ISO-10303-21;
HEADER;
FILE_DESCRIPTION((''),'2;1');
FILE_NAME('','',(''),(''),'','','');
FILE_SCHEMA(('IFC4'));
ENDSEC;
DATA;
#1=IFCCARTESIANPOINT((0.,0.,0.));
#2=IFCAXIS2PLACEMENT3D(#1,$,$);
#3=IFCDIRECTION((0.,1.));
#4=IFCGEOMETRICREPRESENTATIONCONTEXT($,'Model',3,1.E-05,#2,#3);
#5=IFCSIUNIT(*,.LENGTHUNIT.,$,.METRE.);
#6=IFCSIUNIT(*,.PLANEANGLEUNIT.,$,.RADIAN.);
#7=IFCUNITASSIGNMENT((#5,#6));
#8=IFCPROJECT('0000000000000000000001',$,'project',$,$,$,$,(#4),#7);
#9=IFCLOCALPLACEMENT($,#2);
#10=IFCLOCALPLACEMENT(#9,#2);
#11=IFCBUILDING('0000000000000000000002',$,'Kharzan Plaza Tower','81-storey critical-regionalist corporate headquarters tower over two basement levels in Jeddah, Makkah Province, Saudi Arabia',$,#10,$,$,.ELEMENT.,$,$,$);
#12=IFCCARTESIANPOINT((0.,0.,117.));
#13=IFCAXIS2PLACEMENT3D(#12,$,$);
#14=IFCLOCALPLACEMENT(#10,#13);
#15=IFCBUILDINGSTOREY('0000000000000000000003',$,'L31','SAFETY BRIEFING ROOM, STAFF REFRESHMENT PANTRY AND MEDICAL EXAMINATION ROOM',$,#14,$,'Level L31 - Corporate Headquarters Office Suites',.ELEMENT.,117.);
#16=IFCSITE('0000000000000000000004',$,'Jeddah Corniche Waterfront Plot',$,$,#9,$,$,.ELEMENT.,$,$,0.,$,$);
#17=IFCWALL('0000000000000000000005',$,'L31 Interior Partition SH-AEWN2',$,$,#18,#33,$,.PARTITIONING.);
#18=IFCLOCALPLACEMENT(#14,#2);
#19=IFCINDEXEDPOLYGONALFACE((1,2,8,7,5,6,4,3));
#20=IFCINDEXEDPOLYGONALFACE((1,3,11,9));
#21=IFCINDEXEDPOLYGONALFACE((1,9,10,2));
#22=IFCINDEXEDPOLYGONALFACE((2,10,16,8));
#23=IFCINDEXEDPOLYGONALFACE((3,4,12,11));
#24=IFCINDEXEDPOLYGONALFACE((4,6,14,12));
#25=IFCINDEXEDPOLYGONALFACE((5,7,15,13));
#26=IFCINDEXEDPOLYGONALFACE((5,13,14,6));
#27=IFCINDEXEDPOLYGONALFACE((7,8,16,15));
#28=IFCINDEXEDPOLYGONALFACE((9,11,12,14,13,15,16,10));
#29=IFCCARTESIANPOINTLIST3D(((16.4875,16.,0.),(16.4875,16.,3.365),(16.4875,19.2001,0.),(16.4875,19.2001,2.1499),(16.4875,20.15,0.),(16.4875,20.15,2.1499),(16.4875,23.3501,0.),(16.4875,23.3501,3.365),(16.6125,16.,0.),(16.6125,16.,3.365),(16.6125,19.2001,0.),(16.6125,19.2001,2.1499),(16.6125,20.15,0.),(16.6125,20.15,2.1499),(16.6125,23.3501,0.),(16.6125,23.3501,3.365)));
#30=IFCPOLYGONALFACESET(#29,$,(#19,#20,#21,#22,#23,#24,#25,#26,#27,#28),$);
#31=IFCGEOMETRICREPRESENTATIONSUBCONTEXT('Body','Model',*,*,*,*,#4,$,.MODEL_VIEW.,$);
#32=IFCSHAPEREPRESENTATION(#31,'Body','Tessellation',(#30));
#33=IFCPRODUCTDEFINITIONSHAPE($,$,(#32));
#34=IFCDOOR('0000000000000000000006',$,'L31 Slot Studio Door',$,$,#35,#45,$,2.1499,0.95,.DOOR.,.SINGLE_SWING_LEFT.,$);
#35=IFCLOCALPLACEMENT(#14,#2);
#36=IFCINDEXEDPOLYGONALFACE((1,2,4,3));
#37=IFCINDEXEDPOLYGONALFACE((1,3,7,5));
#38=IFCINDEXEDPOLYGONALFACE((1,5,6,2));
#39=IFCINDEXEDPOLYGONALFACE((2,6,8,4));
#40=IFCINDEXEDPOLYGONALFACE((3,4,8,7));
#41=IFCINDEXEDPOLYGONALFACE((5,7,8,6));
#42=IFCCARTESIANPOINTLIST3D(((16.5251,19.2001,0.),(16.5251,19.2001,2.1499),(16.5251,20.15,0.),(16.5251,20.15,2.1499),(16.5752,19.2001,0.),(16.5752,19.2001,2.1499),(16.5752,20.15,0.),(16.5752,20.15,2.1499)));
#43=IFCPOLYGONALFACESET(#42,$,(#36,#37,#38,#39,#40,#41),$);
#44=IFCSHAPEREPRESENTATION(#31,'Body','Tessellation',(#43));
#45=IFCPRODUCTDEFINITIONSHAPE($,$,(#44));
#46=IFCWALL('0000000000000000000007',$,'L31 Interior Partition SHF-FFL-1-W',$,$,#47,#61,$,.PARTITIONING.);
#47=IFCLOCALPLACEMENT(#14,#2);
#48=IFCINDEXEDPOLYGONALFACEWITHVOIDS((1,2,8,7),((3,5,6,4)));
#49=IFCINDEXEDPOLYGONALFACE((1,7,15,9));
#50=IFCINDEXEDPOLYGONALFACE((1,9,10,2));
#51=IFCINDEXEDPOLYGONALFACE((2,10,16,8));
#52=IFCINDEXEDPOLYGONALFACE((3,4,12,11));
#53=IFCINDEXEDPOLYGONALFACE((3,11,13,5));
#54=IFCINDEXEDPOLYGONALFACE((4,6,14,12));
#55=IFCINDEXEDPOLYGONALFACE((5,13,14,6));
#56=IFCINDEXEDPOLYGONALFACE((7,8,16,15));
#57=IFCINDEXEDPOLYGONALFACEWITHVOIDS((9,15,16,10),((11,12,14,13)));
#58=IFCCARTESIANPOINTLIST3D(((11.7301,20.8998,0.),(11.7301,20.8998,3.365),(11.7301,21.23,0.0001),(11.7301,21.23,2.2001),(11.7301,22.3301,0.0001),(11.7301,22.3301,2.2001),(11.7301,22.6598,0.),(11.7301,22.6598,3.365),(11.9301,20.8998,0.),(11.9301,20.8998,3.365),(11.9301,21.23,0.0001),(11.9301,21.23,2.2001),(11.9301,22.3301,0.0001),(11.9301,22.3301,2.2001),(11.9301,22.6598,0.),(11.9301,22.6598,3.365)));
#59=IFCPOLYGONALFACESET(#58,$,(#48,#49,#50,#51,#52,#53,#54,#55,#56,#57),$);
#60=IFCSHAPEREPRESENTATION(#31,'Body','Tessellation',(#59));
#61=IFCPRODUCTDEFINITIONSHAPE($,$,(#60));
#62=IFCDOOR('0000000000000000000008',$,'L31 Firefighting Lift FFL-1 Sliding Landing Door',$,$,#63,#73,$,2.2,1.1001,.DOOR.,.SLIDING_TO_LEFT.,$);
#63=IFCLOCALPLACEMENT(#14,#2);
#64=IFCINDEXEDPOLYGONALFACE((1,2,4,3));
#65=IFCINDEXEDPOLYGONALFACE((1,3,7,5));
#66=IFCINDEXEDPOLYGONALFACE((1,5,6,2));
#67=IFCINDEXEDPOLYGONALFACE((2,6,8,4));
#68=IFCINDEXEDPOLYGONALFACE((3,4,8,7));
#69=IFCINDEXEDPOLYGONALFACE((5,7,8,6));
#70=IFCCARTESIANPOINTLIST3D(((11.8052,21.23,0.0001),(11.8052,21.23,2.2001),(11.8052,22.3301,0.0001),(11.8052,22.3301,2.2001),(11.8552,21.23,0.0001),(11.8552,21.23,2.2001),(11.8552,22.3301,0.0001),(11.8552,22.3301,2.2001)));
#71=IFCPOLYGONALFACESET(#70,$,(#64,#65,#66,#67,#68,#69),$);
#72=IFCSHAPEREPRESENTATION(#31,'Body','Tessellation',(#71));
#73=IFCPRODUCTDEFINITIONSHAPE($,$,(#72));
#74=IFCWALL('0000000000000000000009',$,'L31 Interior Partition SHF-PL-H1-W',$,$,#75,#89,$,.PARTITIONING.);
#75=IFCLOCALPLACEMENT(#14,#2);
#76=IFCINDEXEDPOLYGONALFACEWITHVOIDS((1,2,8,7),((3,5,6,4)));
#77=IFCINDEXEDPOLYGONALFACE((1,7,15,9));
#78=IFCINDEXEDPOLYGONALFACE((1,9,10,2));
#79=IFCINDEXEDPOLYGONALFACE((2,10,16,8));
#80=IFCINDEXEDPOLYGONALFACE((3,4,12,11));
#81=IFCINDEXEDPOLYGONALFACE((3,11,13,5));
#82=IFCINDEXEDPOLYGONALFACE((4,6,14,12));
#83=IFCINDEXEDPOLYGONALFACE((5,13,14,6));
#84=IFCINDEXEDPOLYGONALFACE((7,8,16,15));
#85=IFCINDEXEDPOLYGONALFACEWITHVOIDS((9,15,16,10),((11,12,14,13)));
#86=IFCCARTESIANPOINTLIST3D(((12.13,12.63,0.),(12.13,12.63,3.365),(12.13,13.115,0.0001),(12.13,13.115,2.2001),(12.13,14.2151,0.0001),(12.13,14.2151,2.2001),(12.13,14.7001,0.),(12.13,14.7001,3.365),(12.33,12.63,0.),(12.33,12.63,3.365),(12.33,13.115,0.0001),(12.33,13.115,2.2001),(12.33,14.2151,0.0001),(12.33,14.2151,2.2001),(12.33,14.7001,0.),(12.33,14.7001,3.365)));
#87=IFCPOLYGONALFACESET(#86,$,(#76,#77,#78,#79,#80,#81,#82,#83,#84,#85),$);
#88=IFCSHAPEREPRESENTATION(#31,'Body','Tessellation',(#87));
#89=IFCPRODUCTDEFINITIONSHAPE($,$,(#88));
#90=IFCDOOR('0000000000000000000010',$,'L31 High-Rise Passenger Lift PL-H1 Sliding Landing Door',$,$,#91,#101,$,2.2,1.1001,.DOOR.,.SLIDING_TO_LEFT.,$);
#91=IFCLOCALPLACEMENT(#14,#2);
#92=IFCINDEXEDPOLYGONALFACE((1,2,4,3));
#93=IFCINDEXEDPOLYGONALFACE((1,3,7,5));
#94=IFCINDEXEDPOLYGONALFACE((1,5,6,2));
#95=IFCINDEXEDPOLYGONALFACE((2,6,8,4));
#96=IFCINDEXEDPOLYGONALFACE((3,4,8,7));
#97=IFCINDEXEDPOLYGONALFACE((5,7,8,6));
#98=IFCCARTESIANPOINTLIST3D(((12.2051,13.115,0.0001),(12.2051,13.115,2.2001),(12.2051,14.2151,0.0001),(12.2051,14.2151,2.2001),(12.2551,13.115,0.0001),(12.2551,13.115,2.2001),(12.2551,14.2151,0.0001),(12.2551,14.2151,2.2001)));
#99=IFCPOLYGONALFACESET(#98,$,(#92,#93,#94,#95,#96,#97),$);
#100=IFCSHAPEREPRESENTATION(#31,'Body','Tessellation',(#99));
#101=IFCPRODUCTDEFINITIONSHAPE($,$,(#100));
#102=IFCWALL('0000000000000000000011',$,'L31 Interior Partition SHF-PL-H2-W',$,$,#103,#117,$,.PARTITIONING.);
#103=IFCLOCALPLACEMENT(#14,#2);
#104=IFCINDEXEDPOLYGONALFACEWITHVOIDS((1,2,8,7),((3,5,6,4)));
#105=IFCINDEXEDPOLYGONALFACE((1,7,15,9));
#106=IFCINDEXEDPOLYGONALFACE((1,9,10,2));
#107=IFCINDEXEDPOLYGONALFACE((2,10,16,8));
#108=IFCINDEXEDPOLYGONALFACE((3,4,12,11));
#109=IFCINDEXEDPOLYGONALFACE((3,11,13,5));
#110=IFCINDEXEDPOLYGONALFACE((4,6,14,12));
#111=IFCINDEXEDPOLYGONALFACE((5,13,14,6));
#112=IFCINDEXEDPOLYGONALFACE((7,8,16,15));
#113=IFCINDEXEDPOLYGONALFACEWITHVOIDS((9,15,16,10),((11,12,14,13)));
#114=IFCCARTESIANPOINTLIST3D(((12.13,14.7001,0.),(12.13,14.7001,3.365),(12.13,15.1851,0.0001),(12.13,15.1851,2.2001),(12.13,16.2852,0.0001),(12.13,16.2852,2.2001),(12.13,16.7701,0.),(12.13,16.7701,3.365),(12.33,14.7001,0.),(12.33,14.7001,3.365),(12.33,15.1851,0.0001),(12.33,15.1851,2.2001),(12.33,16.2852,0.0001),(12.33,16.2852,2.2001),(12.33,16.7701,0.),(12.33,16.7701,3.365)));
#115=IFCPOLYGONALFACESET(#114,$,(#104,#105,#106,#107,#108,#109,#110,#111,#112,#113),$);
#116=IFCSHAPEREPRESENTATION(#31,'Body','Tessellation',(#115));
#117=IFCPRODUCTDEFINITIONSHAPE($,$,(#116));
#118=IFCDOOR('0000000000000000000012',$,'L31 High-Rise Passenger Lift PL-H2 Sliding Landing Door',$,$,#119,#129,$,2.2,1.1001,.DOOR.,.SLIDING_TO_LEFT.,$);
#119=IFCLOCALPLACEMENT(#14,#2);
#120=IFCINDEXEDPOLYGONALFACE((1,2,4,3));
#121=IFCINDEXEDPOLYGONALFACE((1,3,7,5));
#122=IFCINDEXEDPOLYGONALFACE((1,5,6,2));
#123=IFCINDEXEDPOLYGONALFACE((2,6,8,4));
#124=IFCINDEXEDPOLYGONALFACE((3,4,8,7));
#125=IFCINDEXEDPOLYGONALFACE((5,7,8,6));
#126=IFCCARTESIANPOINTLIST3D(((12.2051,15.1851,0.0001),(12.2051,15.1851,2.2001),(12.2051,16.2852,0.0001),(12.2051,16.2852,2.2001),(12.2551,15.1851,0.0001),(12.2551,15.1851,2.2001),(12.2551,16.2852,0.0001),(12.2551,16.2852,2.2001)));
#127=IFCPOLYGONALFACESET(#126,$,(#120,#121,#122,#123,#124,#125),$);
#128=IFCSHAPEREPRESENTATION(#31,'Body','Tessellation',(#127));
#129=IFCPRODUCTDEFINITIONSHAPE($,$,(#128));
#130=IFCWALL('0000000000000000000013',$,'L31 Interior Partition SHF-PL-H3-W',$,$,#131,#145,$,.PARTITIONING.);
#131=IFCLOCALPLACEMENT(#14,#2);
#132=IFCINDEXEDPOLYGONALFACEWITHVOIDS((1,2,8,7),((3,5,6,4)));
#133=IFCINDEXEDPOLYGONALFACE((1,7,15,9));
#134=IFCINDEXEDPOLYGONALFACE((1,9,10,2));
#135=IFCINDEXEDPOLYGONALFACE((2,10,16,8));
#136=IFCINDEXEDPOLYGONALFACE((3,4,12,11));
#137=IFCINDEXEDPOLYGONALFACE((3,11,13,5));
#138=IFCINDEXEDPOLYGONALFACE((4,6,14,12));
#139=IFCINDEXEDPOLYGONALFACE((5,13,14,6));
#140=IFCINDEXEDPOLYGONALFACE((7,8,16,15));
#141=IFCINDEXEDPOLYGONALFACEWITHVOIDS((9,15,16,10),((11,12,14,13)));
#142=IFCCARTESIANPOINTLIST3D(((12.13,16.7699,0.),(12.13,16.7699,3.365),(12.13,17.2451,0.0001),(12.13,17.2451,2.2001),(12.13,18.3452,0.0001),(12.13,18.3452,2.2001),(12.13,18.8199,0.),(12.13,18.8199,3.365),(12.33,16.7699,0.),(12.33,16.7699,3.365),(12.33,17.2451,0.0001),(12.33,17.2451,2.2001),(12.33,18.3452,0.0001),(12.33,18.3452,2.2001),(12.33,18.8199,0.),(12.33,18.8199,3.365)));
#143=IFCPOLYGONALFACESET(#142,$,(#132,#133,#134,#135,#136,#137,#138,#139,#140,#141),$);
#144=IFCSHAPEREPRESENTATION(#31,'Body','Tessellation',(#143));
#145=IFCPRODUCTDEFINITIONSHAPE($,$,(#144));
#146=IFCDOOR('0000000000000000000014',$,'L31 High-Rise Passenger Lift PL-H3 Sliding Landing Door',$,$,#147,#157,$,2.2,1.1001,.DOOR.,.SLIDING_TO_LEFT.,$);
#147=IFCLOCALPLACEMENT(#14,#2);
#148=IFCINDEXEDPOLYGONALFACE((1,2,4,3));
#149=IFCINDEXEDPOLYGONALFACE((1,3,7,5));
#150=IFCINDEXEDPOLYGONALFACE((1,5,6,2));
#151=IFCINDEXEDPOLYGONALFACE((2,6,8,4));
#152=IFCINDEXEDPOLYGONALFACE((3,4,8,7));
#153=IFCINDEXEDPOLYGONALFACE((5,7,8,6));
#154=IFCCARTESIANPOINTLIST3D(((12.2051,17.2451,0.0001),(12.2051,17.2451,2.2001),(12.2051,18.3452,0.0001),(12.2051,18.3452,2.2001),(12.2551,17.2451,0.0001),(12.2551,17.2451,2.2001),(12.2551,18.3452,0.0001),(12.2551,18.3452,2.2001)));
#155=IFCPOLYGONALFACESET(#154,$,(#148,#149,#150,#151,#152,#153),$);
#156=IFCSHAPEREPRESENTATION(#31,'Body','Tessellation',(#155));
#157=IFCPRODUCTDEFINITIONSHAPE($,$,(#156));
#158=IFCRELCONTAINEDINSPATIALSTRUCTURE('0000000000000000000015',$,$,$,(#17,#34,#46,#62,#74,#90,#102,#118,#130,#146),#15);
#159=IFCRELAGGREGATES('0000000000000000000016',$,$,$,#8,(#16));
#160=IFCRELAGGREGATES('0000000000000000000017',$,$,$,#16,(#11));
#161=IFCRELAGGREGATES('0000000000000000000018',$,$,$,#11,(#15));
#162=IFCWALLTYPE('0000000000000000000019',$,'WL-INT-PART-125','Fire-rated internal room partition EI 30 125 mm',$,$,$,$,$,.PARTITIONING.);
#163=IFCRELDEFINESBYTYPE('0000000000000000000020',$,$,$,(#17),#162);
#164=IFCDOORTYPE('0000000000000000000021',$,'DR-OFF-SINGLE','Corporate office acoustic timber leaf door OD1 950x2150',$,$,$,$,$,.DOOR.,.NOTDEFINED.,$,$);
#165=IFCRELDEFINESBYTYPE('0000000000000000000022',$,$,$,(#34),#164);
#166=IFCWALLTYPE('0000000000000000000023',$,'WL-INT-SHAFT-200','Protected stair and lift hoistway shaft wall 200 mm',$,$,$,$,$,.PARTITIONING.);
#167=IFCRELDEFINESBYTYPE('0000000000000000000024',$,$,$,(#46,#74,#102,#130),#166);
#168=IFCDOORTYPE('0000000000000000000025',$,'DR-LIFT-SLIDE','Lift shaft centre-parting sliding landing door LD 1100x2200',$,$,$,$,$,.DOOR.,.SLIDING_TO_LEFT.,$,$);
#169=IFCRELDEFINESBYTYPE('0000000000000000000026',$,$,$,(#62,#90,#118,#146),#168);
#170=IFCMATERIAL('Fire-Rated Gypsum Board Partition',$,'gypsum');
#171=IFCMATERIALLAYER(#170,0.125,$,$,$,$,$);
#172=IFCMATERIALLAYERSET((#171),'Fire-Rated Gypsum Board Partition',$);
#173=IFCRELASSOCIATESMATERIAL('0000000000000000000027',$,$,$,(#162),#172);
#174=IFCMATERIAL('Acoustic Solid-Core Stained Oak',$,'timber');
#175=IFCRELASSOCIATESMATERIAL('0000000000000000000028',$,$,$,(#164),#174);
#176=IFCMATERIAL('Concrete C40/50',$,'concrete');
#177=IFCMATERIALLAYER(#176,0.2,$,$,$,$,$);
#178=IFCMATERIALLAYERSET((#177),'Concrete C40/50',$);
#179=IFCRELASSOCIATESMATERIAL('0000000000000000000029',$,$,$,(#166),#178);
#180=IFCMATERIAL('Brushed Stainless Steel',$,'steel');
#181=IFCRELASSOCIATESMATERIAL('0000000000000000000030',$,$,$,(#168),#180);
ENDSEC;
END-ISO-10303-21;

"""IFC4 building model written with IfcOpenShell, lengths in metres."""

from ifc_helpers import new_model, si_unit, direction, frame, frame_2d, origin, place, context, subcontext, project, spatial, rectangle, extrude, source, transform, mapped, material, layer, layer_set, type_object, element, fill, save


model = new_model("IFC4")

# Units and contexts
model_context = context("Model", 3, precision=1e-05, world=origin(), true_north=direction((0.0, 1.0)))
body_context = subcontext(model_context, "Body", "Model", "MODEL_VIEW")
ifc_project = project(units=[si_unit("LENGTHUNIT", "METRE"), si_unit("PLANEANGLEUNIT", "RADIAN")], contexts=[model_context])

# Site, building, storey
site_placement = place(None, origin())
site = spatial("IfcSite", under=ifc_project, at=site_placement, Name="Jeddah Corniche Waterfront Plot", CompositionType="ELEMENT", RefElevation=0.0)
building_placement = place(site_placement, origin())
building = spatial("IfcBuilding", under=site, at=building_placement, Name="Kharzan Plaza Tower", Description="81-storey critical-regionalist corporate headquarters tower over two basement levels in Jeddah, Makkah Province, Saudi Arabia", CompositionType="ELEMENT")
storey_placement = place(building_placement, frame((0.0, 0.0, 117.0)))
storey = spatial("IfcBuildingStorey", under=building, at=storey_placement, Name="L31", Description="SAFETY BRIEFING ROOM, STAFF REFRESHMENT PANTRY AND MEDICAL EXAMINATION ROOM", LongName="Level L31 - Corporate Headquarters Office Suites", CompositionType="ELEMENT", Elevation=117.0)

# Walls, openings, doors
ifc_material_1 = material(Name="Fire-Rated Gypsum Board Partition", Category="gypsum")
ifc_layer_1 = layer(ifc_material_1, 0.125)
ifc_layer_set_1 = layer_set([ifc_layer_1], Name="Fire-Rated Gypsum Board Partition")
wall_type_1 = type_object("IfcWallType", Name="WL-INT-PART-125", Description="Fire-rated internal room partition EI 30 125 mm", PredefinedType="PARTITIONING", material=ifc_layer_set_1)
ifc_material_2 = material(Name="Acoustic Solid-Core Stained Oak", Category="timber")
door_type_1 = type_object("IfcDoorType", Name="DR-OFF-SINGLE", Description="Corporate office acoustic timber leaf door OD1 950x2150", OperationType="NOTDEFINED", PredefinedType="DOOR", material=ifc_material_2)
shared_shape_1 = source(origin(), body_context, "Body", "SweptSolid", [
    extrude(rectangle(XDim=0.95, YDim=2.1499, at=frame_2d((0.4751, 1.075))), frame((0.0, 0.0249, 0.0), z_axis=(0.0, -1.0, 0.0), x_axis=(1.0, 0.0, 0.0)), (0.0, 0.0, 1.0), 0.05),
])
wall_1_placement = place(storey_placement, frame((16.55, 16.0, 0.0), z_axis=(0.0, 0.0, 1.0), x_axis=(0.0, 1.0, 0.0)))
wall_1 = element("IfcWall", 1, at=wall_1_placement, inside=storey, type_object=wall_type_1, Name="L31 Interior Partition SH-AEWN2", PredefinedType="PARTITIONING", context=body_context, shape_type="SweptSolid", body=[
    extrude(rectangle(XDim=7.3501, YDim=0.125, at=frame_2d((3.675, 0.0))), origin(), (0.0, 0.0, 1.0), 3.365),
])
opening_1_placement = place(wall_1_placement, frame((3.2, 0.0, 0.0)))
opening_1 = element("IfcOpeningElement", 2, at=opening_1_placement, cuts=wall_1, PredefinedType="OPENING", context=body_context, shape_type="SweptSolid", body=[
    extrude(rectangle(XDim=0.95, YDim=2.1499, at=frame_2d((0.4751, 1.075))), frame((0.0, 0.0725, 0.0), z_axis=(0.0, -1.0, 0.0), x_axis=(1.0, 0.0, 0.0)), (0.0, 0.0, 1.0), 0.145),
])
door_1_placement = place(opening_1_placement, origin())
door_1 = element("IfcDoor", 3, at=door_1_placement, inside=storey, type_object=door_type_1, Name="L31 Slot Studio Door", OperationType="SINGLE_SWING_LEFT", OverallHeight=2.1499, OverallWidth=0.95, PredefinedType="DOOR", context=body_context, shape_type="MappedRepresentation", body=[
    mapped(shared_shape_1, transform((0.0, 0.0, 0.0), x_axis=(1.0, 0.0, 0.0), y_axis=(0.0, 1.0, 0.0), z_axis=(0.0, 0.0, 1.0))),
])
fill(opening_1, door_1)
ifc_material_3 = material(Name="Concrete C40/50", Category="concrete")
ifc_layer_2 = layer(ifc_material_3, 0.2)
ifc_layer_set_2 = layer_set([ifc_layer_2], Name="Concrete C40/50")
wall_type_2 = type_object("IfcWallType", Name="WL-INT-SHAFT-200", Description="Protected stair and lift hoistway shaft wall 200 mm", PredefinedType="PARTITIONING", material=ifc_layer_set_2)
wall_2_placement = place(storey_placement, frame((11.8301, 20.8999, 0.0), z_axis=(0.0, 0.0, 1.0), x_axis=(0.0, 1.0, 0.0)))
wall_2 = element("IfcWall", 4, at=wall_2_placement, inside=storey, type_object=wall_type_2, Name="L31 Interior Partition SHF-FFL-1-W", PredefinedType="PARTITIONING", context=body_context, shape_type="SweptSolid", body=[
    extrude(rectangle(XDim=1.76, YDim=0.2, at=frame_2d((0.8799, 0.0))), origin(), (0.0, 0.0, 1.0), 3.365),
])
opening_2_placement = place(wall_2_placement, frame((0.3301, 0.0, 0.0)))
opening_2 = element("IfcOpeningElement", 5, at=opening_2_placement, cuts=wall_2, PredefinedType="OPENING", context=body_context, shape_type="SweptSolid", body=[
    extrude(rectangle(XDim=1.1001, YDim=2.2, at=frame_2d((0.55, 1.1001))), frame((0.0, 0.1099, 0.0), z_axis=(0.0, -1.0, 0.0), x_axis=(1.0, 0.0, 0.0)), (0.0, 0.0, 1.0), 0.22),
])
ifc_material_4 = material(Name="Brushed Stainless Steel", Category="steel")
door_type_2 = type_object("IfcDoorType", Name="DR-LIFT-SLIDE", Description="Lift shaft centre-parting sliding landing door LD 1100x2200", OperationType="SLIDING_TO_LEFT", PredefinedType="DOOR", material=ifc_material_4)
shared_shape_2 = source(origin(), body_context, "Body", "SweptSolid", [
    extrude(rectangle(XDim=1.1001, YDim=2.2, at=frame_2d((0.55, 1.1001))), frame((0.0, 0.0249, 0.0), z_axis=(0.0, -1.0, 0.0), x_axis=(1.0, 0.0, 0.0)), (0.0, 0.0, 1.0), 0.05),
])
door_2_placement = place(opening_2_placement, origin())
door_2 = element("IfcDoor", 6, at=door_2_placement, inside=storey, type_object=door_type_2, Name="L31 Firefighting Lift FFL-1 Sliding Landing Door", OperationType="SLIDING_TO_LEFT", OverallHeight=2.2, OverallWidth=1.1001, PredefinedType="DOOR", context=body_context, shape_type="MappedRepresentation", body=[
    mapped(shared_shape_2, transform((0.0, 0.0, 0.0), x_axis=(1.0, 0.0, 0.0), y_axis=(0.0, 1.0, 0.0), z_axis=(0.0, 0.0, 1.0))),
])
fill(opening_2, door_2)
wall_3_placement = place(storey_placement, frame((12.23, 12.6299, 0.0), z_axis=(0.0, 0.0, 1.0), x_axis=(0.0, 1.0, 0.0)))
wall_3 = element("IfcWall", 7, at=wall_3_placement, inside=storey, type_object=wall_type_2, Name="L31 Interior Partition SHF-PL-H1-W", PredefinedType="PARTITIONING", context=body_context, shape_type="SweptSolid", body=[
    extrude(rectangle(XDim=2.0701, YDim=0.2, at=frame_2d((1.0352, 0.0))), origin(), (0.0, 0.0, 1.0), 3.365),
])
opening_3_placement = place(wall_3_placement, frame((0.4851, 0.0, 0.0)))
opening_3 = element("IfcOpeningElement", 8, at=opening_3_placement, cuts=wall_3, PredefinedType="OPENING", context=body_context, shape_type="SweptSolid", body=[
    extrude(rectangle(XDim=1.1001, YDim=2.2, at=frame_2d((0.55, 1.1001))), frame((0.0, 0.1099, 0.0), z_axis=(0.0, -1.0, 0.0), x_axis=(1.0, 0.0, 0.0)), (0.0, 0.0, 1.0), 0.22),
])
door_3_placement = place(opening_3_placement, origin())
door_3 = element("IfcDoor", 9, at=door_3_placement, inside=storey, type_object=door_type_2, Name="L31 High-Rise Passenger Lift PL-H1 Sliding Landing Door", OperationType="SLIDING_TO_LEFT", OverallHeight=2.2, OverallWidth=1.1001, PredefinedType="DOOR", context=body_context, shape_type="MappedRepresentation", body=[
    mapped(shared_shape_2, transform((0.0, 0.0, 0.0), x_axis=(1.0, 0.0, 0.0), y_axis=(0.0, 1.0, 0.0), z_axis=(0.0, 0.0, 1.0))),
])
fill(opening_3, door_3)
wall_4_placement = place(storey_placement, frame((12.23, 14.7, 0.0), z_axis=(0.0, 0.0, 1.0), x_axis=(0.0, 1.0, 0.0)))
wall_4 = element("IfcWall", 10, at=wall_4_placement, inside=storey, type_object=wall_type_2, Name="L31 Interior Partition SHF-PL-H2-W", PredefinedType="PARTITIONING", context=body_context, shape_type="SweptSolid", body=[
    extrude(rectangle(XDim=2.0701, YDim=0.2, at=frame_2d((1.0352, 0.0))), origin(), (0.0, 0.0, 1.0), 3.365),
])
opening_4_placement = place(wall_4_placement, frame((0.4851, 0.0, 0.0)))
opening_4 = element("IfcOpeningElement", 11, at=opening_4_placement, cuts=wall_4, PredefinedType="OPENING", context=body_context, shape_type="SweptSolid", body=[
    extrude(rectangle(XDim=1.1001, YDim=2.2, at=frame_2d((0.55, 1.1001))), frame((0.0, 0.1099, 0.0), z_axis=(0.0, -1.0, 0.0), x_axis=(1.0, 0.0, 0.0)), (0.0, 0.0, 1.0), 0.22),
])
door_4_placement = place(opening_4_placement, origin())
door_4 = element("IfcDoor", 12, at=door_4_placement, inside=storey, type_object=door_type_2, Name="L31 High-Rise Passenger Lift PL-H2 Sliding Landing Door", OperationType="SLIDING_TO_LEFT", OverallHeight=2.2, OverallWidth=1.1001, PredefinedType="DOOR", context=body_context, shape_type="MappedRepresentation", body=[
    mapped(shared_shape_2, transform((0.0, 0.0, 0.0), x_axis=(1.0, 0.0, 0.0), y_axis=(0.0, 1.0, 0.0), z_axis=(0.0, 0.0, 1.0))),
])
fill(opening_4, door_4)
wall_5_placement = place(storey_placement, frame((12.23, 16.77, 0.0), z_axis=(0.0, 0.0, 1.0), x_axis=(0.0, 1.0, 0.0)))
wall_5 = element("IfcWall", 13, at=wall_5_placement, inside=storey, type_object=wall_type_2, Name="L31 Interior Partition SHF-PL-H3-W", PredefinedType="PARTITIONING", context=body_context, shape_type="SweptSolid", body=[
    extrude(rectangle(XDim=2.05, YDim=0.2, at=frame_2d((1.0249, 0.0))), origin(), (0.0, 0.0, 1.0), 3.365),
])
opening_5_placement = place(wall_5_placement, frame((0.4751, 0.0, 0.0)))
opening_5 = element("IfcOpeningElement", 14, at=opening_5_placement, cuts=wall_5, PredefinedType="OPENING", context=body_context, shape_type="SweptSolid", body=[
    extrude(rectangle(XDim=1.1001, YDim=2.2, at=frame_2d((0.55, 1.1001))), frame((0.0, 0.1099, 0.0), z_axis=(0.0, -1.0, 0.0), x_axis=(1.0, 0.0, 0.0)), (0.0, 0.0, 1.0), 0.22),
])
door_5_placement = place(opening_5_placement, origin())
door_5 = element("IfcDoor", 15, at=door_5_placement, inside=storey, type_object=door_type_2, Name="L31 High-Rise Passenger Lift PL-H3 Sliding Landing Door", OperationType="SLIDING_TO_LEFT", OverallHeight=2.2, OverallWidth=1.1001, PredefinedType="DOOR", context=body_context, shape_type="MappedRepresentation", body=[
    mapped(shared_shape_2, transform((0.0, 0.0, 0.0), x_axis=(1.0, 0.0, 0.0), y_axis=(0.0, 1.0, 0.0), z_axis=(0.0, 0.0, 1.0))),
])
fill(opening_5, door_5)

save(model, "model.ifc")
